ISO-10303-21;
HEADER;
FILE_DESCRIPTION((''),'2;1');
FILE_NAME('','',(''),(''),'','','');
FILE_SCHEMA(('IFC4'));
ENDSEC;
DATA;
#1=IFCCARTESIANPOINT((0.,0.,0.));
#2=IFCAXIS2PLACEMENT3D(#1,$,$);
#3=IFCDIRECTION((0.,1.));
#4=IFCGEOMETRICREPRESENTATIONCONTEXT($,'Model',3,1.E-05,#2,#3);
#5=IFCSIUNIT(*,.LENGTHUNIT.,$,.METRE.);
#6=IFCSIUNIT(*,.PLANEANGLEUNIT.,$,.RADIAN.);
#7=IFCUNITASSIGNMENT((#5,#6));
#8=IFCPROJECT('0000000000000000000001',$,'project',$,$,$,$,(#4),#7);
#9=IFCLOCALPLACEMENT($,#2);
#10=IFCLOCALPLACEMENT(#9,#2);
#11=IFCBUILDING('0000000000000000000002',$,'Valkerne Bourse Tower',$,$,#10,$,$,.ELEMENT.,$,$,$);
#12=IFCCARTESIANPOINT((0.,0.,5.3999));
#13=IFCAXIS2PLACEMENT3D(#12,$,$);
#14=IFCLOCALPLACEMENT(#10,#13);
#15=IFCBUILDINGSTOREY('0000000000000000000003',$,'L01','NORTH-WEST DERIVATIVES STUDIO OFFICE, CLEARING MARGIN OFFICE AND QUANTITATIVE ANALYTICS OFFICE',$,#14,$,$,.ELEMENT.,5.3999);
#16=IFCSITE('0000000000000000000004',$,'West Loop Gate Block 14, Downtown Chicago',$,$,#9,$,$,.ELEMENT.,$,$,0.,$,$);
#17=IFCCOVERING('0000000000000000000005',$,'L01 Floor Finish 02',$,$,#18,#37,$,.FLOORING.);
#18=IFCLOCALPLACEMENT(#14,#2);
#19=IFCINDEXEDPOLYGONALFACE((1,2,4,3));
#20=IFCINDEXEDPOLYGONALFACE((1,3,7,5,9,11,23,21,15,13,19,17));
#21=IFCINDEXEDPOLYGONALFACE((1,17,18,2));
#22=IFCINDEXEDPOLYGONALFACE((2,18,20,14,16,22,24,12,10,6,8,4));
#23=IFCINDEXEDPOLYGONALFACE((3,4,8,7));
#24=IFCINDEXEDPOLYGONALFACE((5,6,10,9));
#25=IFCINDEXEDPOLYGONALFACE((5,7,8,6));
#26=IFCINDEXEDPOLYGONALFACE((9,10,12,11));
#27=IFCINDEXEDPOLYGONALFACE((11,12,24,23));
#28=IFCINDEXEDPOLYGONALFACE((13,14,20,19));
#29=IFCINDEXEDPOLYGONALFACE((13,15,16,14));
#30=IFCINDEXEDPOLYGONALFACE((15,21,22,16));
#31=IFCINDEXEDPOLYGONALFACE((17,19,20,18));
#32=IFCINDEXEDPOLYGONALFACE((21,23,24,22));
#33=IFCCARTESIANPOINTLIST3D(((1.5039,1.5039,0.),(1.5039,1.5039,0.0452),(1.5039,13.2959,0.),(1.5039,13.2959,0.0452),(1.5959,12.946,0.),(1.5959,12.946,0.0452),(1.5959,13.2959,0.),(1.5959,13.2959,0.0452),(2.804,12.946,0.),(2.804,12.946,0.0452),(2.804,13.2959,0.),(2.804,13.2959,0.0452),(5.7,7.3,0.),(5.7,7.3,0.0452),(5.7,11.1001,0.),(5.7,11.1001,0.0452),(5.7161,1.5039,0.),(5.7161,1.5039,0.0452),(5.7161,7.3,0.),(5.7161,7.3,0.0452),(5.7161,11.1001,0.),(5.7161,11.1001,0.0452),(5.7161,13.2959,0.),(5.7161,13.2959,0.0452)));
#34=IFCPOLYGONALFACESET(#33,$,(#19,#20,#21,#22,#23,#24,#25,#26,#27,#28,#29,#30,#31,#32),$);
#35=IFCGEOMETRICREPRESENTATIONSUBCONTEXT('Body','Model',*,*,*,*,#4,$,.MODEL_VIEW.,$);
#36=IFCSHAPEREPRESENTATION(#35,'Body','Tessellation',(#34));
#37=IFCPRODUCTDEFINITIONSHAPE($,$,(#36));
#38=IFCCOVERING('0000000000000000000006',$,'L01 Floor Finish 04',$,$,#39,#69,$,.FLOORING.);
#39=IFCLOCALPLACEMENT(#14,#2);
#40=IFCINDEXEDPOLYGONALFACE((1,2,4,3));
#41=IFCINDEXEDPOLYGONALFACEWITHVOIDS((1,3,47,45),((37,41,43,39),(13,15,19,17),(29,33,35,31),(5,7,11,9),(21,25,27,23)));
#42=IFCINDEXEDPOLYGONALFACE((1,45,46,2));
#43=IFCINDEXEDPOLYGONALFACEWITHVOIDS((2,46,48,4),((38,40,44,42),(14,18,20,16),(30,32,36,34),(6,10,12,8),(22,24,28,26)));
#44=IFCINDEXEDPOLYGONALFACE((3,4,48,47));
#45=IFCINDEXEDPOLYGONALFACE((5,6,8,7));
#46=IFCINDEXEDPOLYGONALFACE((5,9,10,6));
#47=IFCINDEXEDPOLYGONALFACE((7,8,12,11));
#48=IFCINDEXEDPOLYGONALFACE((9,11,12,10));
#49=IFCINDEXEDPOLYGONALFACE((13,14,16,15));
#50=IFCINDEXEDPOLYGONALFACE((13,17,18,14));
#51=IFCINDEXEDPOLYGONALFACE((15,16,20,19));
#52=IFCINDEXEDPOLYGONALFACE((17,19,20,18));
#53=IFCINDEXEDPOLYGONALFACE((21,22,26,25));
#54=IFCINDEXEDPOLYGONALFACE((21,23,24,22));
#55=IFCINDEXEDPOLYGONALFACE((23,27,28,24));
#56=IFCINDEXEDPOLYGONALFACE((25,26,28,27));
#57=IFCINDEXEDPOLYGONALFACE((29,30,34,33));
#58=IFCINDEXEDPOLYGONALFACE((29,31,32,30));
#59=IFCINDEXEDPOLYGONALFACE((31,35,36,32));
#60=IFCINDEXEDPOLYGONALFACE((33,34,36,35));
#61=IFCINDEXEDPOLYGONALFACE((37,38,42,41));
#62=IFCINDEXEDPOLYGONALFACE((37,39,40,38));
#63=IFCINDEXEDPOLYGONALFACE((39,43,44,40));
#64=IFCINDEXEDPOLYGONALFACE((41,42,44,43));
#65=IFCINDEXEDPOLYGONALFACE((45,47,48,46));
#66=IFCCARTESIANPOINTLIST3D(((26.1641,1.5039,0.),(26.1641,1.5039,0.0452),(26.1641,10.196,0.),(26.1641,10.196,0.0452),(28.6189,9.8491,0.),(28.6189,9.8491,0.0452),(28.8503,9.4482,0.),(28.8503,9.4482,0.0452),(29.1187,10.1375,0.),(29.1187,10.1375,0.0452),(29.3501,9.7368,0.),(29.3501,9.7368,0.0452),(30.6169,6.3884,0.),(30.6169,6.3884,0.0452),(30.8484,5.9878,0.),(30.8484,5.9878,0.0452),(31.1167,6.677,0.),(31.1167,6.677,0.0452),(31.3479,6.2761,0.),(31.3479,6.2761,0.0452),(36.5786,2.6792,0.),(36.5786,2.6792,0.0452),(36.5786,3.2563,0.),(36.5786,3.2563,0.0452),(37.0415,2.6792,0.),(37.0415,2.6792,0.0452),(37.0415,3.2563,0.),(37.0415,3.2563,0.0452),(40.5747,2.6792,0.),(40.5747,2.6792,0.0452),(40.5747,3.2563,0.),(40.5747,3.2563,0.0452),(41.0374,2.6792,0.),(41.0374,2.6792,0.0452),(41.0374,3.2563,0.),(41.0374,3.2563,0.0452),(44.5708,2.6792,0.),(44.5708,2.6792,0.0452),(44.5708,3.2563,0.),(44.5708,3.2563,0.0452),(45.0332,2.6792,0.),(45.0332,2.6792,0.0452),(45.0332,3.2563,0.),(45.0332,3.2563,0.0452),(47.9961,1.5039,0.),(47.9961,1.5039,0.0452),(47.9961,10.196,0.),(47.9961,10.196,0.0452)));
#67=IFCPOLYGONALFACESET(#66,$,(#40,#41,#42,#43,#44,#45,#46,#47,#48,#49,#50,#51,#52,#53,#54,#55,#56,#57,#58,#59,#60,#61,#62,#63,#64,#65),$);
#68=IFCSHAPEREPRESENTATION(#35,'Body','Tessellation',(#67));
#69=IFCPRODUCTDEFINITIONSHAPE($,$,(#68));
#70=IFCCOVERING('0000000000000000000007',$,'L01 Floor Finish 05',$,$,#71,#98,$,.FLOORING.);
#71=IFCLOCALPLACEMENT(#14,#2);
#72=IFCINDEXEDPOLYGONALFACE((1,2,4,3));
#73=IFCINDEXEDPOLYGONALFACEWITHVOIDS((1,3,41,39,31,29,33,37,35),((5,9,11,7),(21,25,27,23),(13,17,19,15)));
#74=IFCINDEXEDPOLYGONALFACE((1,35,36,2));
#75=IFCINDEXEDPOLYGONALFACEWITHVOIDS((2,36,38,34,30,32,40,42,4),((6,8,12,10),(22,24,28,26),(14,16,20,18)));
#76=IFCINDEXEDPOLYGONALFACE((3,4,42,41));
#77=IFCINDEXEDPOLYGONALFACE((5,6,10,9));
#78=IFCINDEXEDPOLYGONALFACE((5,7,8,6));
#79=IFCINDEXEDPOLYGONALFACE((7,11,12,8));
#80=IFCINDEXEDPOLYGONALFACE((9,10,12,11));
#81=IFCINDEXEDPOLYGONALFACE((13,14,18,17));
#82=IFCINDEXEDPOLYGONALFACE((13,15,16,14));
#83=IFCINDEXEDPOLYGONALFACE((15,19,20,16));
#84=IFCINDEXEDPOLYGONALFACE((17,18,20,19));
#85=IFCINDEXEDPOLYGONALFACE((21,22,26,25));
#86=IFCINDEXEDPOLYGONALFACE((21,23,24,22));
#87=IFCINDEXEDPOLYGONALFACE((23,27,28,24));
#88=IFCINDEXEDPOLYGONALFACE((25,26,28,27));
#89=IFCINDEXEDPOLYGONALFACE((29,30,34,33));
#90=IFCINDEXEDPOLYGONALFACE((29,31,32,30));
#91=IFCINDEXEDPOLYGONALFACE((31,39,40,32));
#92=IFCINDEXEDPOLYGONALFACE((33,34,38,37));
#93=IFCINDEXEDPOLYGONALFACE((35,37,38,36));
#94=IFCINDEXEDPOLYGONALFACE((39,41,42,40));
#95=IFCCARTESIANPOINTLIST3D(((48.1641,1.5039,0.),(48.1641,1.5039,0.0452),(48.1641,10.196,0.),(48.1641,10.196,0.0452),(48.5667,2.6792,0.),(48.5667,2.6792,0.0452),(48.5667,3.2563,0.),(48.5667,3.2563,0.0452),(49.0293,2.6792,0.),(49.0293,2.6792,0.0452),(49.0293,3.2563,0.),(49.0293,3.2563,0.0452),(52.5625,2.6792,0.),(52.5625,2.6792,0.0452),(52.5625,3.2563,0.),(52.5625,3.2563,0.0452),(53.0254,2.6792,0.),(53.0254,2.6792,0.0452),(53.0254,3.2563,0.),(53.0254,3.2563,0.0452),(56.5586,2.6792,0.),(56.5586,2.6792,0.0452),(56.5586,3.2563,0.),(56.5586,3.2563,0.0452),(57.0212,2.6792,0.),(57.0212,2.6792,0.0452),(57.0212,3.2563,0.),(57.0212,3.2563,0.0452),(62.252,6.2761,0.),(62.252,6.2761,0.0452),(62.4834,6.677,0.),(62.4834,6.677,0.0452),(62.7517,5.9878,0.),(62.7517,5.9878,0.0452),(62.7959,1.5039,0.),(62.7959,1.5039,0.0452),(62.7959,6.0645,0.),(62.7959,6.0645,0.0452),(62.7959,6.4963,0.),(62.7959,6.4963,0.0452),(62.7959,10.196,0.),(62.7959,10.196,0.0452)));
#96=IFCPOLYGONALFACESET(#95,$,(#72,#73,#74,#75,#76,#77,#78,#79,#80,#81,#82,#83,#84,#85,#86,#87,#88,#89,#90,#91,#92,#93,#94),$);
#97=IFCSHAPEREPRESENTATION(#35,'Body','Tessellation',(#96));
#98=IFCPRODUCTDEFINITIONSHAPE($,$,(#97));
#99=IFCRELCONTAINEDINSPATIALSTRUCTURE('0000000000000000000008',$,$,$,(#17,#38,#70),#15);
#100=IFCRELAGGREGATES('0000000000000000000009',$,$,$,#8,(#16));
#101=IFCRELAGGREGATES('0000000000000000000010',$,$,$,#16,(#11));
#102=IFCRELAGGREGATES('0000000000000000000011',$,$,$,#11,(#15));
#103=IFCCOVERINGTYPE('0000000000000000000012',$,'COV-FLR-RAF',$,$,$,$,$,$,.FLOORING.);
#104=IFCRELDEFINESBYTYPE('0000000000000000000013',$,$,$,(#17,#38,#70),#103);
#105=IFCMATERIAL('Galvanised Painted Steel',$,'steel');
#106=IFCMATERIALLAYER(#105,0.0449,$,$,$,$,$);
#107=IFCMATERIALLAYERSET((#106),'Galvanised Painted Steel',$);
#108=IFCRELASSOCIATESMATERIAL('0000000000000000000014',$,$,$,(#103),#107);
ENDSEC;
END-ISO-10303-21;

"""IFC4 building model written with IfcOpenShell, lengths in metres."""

from ifc_helpers import new_model, si_unit, direction, frame, origin, place, context, subcontext, project, spatial, polyline, outline, extrude, material, layer, layer_set, type_object, element, save


model = new_model("IFC4")

# Units and contexts
model_context = context("Model", 3, precision=1e-05, world=origin(), true_north=direction((0.0, 1.0)))
body_context = subcontext(model_context, "Body", "Model", "MODEL_VIEW")
ifc_project = project(units=[si_unit("LENGTHUNIT", "METRE"), si_unit("PLANEANGLEUNIT", "RADIAN")], contexts=[model_context])

# Site, building, storey
site_placement = place(None, origin())
site = spatial("IfcSite", under=ifc_project, at=site_placement, Name="West Loop Gate Block 14, Downtown Chicago", CompositionType="ELEMENT", RefElevation=0.0)
building_placement = place(site_placement, origin())
building = spatial("IfcBuilding", under=site, at=building_placement, Name="Valkerne Bourse Tower", CompositionType="ELEMENT")
storey_placement = place(building_placement, frame((0.0, 0.0, 5.3999)))
storey = spatial("IfcBuildingStorey", under=building, at=storey_placement, Name="L01", Description="NORTH-WEST DERIVATIVES STUDIO OFFICE, CLEARING MARGIN OFFICE AND QUANTITATIVE ANALYTICS OFFICE", CompositionType="ELEMENT", Elevation=5.3999)

# Coverings
ifc_material_1 = material(Name="Galvanised Painted Steel", Category="steel")
ifc_layer_1 = layer(ifc_material_1, 0.0449)
ifc_layer_set_1 = layer_set([ifc_layer_1], Name="Galvanised Painted Steel")
covering_type_1 = type_object("IfcCoveringType", Name="COV-FLR-RAF", PredefinedType="FLOORING", material=ifc_layer_set_1)
covering_1_placement = place(storey_placement, origin())
element("IfcCovering", 1, at=covering_1_placement, inside=storey, type_object=covering_type_1, Name="L01 Floor Finish 02", PredefinedType="FLOORING", context=body_context, shape_type="SweptSolid", body=[
    extrude(outline(polyline([(1.5039, 13.2959), (1.5959, 13.2959), (1.5959, 12.946), (2.804, 12.946), (2.804, 13.2959), (5.7161, 13.2959), (5.7161, 11.1001), (5.7, 11.1001), (5.7, 7.3), (5.7161, 7.3), (5.7161, 1.5039), (1.5039, 1.5039), (1.5039, 13.2959)])), origin(), (0.0, 0.0, 1.0), 0.0452),
])
covering_2_placement = place(storey_placement, origin())
element("IfcCovering", 2, at=covering_2_placement, inside=storey, type_object=covering_type_1, Name="L01 Floor Finish 04", PredefinedType="FLOORING", context=body_context, shape_type="SweptSolid", body=[
    extrude(outline(polyline([(26.1641, 10.196), (47.9961, 10.196), (47.9961, 1.5039), (26.1641, 1.5039), (26.1641, 10.196)]), holes=[polyline([(28.6189, 9.8491), (28.8503, 9.4482), (29.3501, 9.7368), (29.1187, 10.1375), (28.6189, 9.8491)]), polyline([(37.0415, 3.2563), (36.5786, 3.2563), (36.5786, 2.6792), (37.0415, 2.6792), (37.0415, 3.2563)]), polyline([(45.0332, 3.2563), (44.5708, 3.2563), (44.5708, 2.6792), (45.0332, 2.6792), (45.0332, 3.2563)]), polyline([(40.5747, 3.2563), (40.5747, 2.6792), (41.0374, 2.6792), (41.0374, 3.2563), (40.5747, 3.2563)]), polyline([(31.1167, 6.677), (30.6169, 6.3884), (30.8484, 5.9878), (31.3479, 6.2761), (31.1167, 6.677)])]), origin(), (0.0, 0.0, 1.0), 0.0452),
])
covering_3_placement = place(storey_placement, origin())
element("IfcCovering", 3, at=covering_3_placement, inside=storey, type_object=covering_type_1, Name="L01 Floor Finish 05", PredefinedType="FLOORING", context=body_context, shape_type="SweptSolid", body=[
    extrude(outline(polyline([(48.1641, 10.196), (62.7959, 10.196), (62.7959, 6.4963), (62.4834, 6.677), (62.252, 6.2761), (62.7517, 5.9878), (62.7959, 6.0645), (62.7959, 1.5039), (48.1641, 1.5039), (48.1641, 10.196)]), holes=[polyline([(48.5667, 3.2563), (48.5667, 2.6792), (49.0293, 2.6792), (49.0293, 3.2563), (48.5667, 3.2563)]), polyline([(52.5625, 3.2563), (52.5625, 2.6792), (53.0254, 2.6792), (53.0254, 3.2563), (52.5625, 3.2563)]), polyline([(57.0212, 3.2563), (56.5586, 3.2563), (56.5586, 2.6792), (57.0212, 2.6792), (57.0212, 3.2563)])]), origin(), (0.0, 0.0, 1.0), 0.0452),
])

save(model, "model.ifc")
